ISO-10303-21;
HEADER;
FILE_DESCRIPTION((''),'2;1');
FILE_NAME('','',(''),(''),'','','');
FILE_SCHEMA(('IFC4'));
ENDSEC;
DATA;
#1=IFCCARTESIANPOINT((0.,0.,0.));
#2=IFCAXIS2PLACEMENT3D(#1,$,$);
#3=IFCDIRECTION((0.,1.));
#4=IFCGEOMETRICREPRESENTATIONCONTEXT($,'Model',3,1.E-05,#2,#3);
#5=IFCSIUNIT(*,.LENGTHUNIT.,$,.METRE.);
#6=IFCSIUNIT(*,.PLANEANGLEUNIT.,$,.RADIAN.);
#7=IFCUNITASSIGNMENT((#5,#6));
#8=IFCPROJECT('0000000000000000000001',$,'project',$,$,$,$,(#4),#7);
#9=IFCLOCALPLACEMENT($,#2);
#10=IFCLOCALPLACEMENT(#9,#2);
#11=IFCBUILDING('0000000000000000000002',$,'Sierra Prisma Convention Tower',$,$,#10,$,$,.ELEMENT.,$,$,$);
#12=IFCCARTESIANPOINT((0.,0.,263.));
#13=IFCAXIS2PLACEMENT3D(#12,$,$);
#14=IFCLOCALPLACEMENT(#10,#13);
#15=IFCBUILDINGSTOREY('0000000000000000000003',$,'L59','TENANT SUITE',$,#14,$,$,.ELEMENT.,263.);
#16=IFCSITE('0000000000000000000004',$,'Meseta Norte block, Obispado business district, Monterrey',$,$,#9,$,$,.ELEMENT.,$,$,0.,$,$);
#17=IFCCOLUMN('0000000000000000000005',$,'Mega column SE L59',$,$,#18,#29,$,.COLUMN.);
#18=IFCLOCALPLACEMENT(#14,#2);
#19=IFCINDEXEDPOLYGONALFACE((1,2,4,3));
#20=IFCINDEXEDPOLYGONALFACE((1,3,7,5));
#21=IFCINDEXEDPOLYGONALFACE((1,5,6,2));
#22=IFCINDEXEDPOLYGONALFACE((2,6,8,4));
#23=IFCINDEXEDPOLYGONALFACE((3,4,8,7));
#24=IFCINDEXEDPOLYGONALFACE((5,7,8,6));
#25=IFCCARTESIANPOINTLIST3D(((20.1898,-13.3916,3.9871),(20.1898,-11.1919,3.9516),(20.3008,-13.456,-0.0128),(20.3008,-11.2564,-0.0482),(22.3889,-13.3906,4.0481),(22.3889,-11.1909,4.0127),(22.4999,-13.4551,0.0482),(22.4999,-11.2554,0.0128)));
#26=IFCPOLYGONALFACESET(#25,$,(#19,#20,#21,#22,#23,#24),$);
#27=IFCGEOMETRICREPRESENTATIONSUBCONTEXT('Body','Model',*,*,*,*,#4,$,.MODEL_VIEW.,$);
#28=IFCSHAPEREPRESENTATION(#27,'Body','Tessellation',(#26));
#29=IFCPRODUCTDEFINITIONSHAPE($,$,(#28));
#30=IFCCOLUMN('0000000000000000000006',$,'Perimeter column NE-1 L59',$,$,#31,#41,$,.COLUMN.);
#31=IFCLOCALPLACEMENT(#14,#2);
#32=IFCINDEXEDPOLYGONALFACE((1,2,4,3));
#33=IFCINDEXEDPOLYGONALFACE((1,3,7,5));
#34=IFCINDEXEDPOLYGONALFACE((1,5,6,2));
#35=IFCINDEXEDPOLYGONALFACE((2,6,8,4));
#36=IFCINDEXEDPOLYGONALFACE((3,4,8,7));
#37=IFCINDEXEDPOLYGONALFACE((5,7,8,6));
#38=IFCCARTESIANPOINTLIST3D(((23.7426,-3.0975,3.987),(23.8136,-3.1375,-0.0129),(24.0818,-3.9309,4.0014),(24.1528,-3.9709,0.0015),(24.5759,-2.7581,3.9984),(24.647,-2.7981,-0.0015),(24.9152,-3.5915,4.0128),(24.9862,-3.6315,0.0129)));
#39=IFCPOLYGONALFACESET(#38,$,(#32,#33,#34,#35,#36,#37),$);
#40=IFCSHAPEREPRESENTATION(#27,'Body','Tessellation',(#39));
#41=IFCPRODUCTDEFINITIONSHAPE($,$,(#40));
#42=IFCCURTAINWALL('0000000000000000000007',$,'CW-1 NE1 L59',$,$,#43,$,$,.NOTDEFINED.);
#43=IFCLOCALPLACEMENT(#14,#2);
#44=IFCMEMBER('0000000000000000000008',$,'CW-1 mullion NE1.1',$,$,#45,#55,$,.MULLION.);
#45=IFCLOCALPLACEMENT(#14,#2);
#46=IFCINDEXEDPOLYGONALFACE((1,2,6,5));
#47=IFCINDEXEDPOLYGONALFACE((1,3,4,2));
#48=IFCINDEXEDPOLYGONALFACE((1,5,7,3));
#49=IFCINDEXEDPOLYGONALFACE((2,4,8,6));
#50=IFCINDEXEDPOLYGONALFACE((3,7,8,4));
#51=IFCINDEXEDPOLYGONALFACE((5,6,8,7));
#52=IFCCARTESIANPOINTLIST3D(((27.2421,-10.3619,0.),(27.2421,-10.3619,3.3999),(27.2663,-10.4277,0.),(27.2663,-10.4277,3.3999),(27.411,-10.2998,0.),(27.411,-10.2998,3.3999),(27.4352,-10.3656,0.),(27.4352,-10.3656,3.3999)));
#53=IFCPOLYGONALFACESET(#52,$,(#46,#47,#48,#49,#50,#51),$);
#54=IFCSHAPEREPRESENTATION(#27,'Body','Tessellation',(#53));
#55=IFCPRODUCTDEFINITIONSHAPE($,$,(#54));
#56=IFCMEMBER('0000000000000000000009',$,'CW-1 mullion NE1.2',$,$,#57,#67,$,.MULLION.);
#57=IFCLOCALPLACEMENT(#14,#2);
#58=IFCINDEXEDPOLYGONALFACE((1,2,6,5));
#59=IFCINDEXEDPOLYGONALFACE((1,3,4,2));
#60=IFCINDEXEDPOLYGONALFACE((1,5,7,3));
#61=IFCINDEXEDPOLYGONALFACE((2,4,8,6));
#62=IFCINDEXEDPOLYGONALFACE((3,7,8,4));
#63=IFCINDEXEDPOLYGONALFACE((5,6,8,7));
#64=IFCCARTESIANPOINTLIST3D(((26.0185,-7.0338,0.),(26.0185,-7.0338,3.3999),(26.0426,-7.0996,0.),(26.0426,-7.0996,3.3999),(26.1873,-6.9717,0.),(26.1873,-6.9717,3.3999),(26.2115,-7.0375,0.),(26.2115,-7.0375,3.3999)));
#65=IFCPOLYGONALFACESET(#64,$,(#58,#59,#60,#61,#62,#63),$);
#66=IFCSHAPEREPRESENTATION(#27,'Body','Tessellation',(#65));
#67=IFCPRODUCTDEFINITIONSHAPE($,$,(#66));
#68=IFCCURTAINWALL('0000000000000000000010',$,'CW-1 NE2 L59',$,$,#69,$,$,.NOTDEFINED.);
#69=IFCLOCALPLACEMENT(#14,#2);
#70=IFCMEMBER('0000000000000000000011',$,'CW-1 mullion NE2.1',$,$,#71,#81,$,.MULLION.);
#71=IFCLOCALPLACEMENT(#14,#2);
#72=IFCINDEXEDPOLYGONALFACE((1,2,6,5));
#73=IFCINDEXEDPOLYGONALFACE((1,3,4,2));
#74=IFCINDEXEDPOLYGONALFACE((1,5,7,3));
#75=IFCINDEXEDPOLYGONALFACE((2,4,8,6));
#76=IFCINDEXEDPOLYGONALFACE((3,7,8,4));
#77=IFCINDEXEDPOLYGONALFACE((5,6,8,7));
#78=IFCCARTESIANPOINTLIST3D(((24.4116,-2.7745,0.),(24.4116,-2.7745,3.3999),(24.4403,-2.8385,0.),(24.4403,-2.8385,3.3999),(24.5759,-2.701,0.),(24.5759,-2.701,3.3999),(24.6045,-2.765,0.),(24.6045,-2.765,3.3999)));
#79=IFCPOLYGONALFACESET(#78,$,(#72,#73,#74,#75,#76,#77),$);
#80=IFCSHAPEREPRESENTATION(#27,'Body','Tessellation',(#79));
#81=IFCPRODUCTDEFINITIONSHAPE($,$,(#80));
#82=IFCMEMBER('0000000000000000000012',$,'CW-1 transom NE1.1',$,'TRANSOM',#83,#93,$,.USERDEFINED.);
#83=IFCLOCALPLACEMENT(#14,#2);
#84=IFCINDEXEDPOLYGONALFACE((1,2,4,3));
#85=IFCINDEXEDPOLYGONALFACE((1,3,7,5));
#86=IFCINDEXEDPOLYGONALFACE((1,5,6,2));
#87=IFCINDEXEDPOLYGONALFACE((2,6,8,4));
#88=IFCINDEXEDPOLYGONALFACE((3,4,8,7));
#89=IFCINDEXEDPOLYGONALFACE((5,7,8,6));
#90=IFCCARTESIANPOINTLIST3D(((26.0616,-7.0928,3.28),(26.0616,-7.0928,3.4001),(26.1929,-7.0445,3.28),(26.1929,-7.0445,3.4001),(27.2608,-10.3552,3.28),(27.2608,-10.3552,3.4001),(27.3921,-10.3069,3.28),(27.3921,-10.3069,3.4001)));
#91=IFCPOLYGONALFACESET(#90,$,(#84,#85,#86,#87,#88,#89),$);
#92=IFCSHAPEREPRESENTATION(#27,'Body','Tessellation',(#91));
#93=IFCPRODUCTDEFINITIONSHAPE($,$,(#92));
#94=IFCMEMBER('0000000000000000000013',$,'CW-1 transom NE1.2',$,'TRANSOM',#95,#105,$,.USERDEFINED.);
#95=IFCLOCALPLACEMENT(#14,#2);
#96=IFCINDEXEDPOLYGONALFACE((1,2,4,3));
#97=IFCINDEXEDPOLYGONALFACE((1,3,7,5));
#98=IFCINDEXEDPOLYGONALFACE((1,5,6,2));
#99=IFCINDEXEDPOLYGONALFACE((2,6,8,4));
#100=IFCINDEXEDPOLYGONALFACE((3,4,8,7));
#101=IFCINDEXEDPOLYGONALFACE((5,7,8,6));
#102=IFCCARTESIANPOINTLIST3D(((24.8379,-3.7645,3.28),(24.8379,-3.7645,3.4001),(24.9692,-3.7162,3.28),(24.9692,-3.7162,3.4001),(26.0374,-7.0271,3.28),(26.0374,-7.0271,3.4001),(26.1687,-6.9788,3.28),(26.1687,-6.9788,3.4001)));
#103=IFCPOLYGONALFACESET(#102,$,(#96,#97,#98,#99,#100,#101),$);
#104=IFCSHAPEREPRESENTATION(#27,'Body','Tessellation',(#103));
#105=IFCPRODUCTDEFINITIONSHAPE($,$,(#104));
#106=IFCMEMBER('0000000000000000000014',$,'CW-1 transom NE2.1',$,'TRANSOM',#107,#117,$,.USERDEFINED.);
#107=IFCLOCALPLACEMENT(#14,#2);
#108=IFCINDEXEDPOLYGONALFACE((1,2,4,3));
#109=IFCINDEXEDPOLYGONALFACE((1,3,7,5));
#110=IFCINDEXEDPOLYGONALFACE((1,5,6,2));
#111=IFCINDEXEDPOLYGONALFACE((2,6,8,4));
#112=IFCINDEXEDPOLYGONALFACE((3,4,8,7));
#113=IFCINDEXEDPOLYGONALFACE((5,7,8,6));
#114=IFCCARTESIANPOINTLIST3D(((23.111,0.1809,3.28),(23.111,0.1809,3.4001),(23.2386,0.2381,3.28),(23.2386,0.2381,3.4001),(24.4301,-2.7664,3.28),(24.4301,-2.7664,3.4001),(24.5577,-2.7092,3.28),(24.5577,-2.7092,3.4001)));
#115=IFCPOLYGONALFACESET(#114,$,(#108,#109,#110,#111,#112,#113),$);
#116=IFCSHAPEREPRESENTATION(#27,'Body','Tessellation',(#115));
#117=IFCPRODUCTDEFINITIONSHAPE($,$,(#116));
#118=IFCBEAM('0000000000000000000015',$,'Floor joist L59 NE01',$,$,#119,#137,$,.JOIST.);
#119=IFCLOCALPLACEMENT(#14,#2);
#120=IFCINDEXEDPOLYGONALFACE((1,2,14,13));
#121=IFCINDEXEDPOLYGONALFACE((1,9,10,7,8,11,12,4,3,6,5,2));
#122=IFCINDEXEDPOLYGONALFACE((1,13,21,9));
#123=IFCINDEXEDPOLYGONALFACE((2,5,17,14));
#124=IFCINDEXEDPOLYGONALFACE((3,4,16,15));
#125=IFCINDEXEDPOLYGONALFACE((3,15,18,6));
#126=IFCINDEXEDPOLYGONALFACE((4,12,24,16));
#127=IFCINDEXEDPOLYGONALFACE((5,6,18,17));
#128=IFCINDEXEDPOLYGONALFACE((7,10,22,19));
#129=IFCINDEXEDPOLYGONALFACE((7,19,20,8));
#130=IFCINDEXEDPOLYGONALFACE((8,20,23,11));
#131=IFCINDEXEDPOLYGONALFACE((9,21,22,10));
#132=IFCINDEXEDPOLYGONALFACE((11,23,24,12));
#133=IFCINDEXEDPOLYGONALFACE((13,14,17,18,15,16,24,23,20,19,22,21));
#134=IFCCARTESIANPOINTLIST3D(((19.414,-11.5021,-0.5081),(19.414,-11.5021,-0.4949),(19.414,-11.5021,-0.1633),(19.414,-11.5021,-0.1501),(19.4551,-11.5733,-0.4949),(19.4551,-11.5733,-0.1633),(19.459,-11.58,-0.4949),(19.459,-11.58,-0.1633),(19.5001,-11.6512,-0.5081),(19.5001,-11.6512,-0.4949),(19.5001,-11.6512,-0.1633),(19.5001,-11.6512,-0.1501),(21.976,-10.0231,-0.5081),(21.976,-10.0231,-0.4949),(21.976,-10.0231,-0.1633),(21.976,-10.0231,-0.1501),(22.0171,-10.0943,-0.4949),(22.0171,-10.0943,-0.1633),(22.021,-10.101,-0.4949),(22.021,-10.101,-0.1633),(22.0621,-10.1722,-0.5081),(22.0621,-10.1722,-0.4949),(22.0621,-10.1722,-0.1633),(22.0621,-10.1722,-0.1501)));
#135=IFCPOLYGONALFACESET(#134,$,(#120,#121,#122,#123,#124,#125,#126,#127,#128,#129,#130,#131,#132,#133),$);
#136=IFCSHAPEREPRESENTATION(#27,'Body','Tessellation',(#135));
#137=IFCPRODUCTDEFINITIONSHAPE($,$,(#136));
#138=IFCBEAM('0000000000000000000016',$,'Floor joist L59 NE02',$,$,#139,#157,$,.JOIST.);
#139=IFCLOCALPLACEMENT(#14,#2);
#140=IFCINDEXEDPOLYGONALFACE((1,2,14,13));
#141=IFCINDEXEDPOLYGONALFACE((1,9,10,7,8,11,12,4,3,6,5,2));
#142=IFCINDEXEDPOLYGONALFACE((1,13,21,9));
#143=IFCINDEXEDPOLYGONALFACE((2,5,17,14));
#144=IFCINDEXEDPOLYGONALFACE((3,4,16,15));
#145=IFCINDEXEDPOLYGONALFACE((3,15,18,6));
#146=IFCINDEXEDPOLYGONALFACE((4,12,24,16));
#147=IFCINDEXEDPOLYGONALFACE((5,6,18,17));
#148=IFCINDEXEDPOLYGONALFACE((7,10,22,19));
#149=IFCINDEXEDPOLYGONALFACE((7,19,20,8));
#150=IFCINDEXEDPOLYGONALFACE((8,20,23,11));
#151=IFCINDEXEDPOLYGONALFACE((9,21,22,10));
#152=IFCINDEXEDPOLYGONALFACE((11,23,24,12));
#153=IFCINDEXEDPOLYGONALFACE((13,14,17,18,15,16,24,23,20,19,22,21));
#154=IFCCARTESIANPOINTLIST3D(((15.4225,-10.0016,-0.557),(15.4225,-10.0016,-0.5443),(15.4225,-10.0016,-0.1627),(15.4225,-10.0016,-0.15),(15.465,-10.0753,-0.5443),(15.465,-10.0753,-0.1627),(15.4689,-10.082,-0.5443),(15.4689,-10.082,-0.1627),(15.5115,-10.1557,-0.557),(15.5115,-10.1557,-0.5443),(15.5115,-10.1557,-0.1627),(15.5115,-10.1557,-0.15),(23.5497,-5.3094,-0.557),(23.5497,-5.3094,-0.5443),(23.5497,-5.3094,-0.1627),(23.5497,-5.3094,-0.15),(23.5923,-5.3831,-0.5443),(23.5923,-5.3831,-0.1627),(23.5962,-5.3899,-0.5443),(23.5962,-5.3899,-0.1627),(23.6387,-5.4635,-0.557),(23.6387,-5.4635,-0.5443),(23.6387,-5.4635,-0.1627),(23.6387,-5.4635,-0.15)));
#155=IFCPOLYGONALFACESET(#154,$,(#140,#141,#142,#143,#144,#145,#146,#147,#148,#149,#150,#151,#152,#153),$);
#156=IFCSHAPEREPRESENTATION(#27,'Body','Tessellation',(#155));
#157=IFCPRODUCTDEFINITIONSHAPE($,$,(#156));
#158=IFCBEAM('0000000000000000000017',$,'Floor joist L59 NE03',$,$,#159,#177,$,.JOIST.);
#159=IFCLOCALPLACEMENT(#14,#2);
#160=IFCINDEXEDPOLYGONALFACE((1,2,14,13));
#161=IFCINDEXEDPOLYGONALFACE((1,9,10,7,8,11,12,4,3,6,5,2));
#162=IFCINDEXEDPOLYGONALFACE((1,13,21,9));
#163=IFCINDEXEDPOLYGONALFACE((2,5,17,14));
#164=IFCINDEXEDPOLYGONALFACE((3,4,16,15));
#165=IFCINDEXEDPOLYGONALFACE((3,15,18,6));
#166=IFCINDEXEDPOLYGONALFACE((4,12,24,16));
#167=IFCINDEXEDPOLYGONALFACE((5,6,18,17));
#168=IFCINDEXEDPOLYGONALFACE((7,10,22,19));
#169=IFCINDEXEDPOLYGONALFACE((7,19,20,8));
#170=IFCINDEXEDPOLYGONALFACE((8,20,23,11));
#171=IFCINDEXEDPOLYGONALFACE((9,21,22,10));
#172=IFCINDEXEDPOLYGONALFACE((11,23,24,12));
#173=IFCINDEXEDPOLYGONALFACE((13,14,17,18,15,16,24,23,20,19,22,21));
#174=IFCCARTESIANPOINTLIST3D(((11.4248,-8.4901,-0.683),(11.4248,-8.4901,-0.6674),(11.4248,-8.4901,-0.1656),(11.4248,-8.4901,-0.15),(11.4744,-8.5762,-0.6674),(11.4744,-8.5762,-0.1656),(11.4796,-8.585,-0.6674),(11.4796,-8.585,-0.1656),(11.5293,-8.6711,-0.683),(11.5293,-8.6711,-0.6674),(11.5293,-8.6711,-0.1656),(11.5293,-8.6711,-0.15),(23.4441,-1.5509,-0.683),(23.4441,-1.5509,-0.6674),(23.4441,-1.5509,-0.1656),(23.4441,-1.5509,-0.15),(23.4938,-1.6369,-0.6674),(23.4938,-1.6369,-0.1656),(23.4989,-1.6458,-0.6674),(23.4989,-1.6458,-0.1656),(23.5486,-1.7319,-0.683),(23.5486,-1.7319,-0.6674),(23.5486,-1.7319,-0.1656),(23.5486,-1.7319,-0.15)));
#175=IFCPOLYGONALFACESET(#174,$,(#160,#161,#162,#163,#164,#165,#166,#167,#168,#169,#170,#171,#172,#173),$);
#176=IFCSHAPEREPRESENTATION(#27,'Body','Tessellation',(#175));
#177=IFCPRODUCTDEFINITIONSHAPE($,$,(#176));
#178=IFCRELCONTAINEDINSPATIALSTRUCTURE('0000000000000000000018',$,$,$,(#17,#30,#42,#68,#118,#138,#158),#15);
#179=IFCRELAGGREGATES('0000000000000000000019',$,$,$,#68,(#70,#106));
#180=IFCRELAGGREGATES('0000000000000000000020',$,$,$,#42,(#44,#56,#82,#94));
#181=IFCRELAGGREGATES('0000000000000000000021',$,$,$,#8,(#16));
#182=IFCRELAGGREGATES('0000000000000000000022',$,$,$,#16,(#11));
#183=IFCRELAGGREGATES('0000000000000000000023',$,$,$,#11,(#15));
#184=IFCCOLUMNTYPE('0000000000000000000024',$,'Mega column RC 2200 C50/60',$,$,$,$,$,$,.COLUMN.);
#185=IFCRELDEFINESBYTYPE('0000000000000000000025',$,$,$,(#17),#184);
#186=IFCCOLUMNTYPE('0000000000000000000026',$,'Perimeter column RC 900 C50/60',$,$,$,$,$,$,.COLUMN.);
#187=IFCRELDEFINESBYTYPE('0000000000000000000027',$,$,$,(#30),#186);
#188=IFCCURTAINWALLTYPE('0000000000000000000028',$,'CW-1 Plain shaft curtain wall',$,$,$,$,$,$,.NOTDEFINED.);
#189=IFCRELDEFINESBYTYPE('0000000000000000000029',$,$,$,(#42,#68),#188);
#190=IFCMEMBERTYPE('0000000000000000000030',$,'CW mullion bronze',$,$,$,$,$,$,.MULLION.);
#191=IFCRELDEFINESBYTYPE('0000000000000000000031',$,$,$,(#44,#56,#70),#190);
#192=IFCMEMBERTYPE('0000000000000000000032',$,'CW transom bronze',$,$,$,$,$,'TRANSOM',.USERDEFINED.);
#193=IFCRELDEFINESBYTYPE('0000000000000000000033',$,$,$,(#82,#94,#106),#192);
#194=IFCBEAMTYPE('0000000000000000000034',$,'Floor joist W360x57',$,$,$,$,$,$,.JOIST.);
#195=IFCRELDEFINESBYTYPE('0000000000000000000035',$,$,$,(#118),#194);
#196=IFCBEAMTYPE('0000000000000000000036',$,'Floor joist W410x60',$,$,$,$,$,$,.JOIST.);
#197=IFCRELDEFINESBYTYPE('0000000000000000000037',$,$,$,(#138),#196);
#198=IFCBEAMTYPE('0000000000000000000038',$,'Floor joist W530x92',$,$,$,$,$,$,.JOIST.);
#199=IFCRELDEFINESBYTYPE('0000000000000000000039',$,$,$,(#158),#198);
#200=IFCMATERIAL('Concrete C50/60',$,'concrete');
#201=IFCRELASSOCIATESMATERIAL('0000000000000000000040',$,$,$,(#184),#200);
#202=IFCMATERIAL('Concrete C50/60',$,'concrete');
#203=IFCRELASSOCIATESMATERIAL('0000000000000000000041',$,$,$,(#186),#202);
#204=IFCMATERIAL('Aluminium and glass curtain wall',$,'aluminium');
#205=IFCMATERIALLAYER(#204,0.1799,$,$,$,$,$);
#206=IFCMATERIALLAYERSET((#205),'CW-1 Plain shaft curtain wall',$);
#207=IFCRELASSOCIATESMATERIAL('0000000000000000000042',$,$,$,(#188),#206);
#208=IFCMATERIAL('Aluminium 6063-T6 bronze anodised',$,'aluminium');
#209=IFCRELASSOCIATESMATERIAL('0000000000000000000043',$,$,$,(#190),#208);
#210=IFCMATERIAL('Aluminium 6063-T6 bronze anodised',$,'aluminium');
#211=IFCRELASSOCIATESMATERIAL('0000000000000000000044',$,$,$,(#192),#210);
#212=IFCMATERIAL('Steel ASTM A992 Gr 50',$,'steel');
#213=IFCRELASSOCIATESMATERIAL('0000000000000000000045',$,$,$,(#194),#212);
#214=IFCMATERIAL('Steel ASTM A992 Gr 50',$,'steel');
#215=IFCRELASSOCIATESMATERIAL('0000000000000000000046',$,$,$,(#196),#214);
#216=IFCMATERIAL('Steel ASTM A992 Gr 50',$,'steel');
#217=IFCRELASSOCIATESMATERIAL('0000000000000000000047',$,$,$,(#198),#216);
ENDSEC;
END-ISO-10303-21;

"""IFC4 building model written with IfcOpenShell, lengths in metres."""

from ifc_helpers import new_model, si_unit, direction, frame, origin, origin_2d, place, context, subcontext, project, spatial, rectangle, i_section, extrude, material, layer, layer_set, material_profile, profile_set, type_object, element, aggregate, save


model = new_model("IFC4")

# Units and contexts
model_context = context("Model", 3, precision=1e-05, world=origin(), true_north=direction((0.0, 1.0)))
body_context = subcontext(model_context, "Body", "Model", "MODEL_VIEW")
ifc_project = project(units=[si_unit("LENGTHUNIT", "METRE"), si_unit("PLANEANGLEUNIT", "RADIAN")], contexts=[model_context])

# Site, building, storey
site_placement = place(None, origin())
site = spatial("IfcSite", under=ifc_project, at=site_placement, Name="Meseta Norte block, Obispado business district, Monterrey", CompositionType="ELEMENT", RefElevation=0.0)
building_placement = place(site_placement, origin())
building = spatial("IfcBuilding", under=site, at=building_placement, Name="Sierra Prisma Convention Tower", CompositionType="ELEMENT")
storey_placement = place(building_placement, frame((0.0, 0.0, 263.0)))
storey = spatial("IfcBuildingStorey", under=building, at=storey_placement, Name="L59", Description="TENANT SUITE", CompositionType="ELEMENT", Elevation=263.0)

# Columns
ifc_material_1 = material(Name="Concrete C50/60", Category="concrete")
ifc_material_profile_1 = material_profile(ifc_material_1, rectangle(XDim=2.2, YDim=2.2, at=origin_2d()), Name="Mega column RC 2200 C50/60")
ifc_profile_set_1 = profile_set([ifc_material_profile_1], Name="Concrete C50/60")
column_type_1 = type_object("IfcColumnType", Name="Mega column RC 2200 C50/60", PredefinedType="COLUMN", material=ifc_profile_set_1)
column_1_placement = place(storey_placement, frame((21.4004, -12.3557, 0.0), z_axis=(-0.027757, 0.016105, 0.999485), x_axis=(0.999615, 0.000447, 0.027753)))
element("IfcColumn", 1, at=column_1_placement, inside=storey, type_object=column_type_1, Name="Mega column SE L59", PredefinedType="COLUMN", context=body_context, shape_type="SweptSolid", body=[
    extrude(rectangle(XDim=2.2, YDim=2.2, at=origin_2d()), origin(), (0.0, 0.0, 1.0), 4.002),
])
ifc_material_2 = material(Name="Concrete C50/60", Category="concrete")
ifc_material_profile_2 = material_profile(ifc_material_2, rectangle(XDim=0.8999, YDim=0.8999, at=origin_2d()), Name="Perimeter column RC 900 C50/60")
ifc_profile_set_2 = profile_set([ifc_material_profile_2], Name="Concrete C50/60")
column_type_2 = type_object("IfcColumnType", Name="Perimeter column RC 900 C50/60", PredefinedType="COLUMN", material=ifc_profile_set_2)
column_2_placement = place(storey_placement, frame((24.3999, -3.3845, 0.0), z_axis=(-0.017758, 0.010008, 0.999792), x_axis=(-0.376946, 0.926098, -0.015965)))
element("IfcColumn", 2, at=column_2_placement, inside=storey, type_object=column_type_2, Name="Perimeter column NE-1 L59", PredefinedType="COLUMN", context=body_context, shape_type="SweptSolid", body=[
    extrude(rectangle(XDim=0.8999, YDim=0.8999, at=origin_2d()), origin(), (0.0, 0.0, 1.0), 4.0007),
])

# Curtain wall, members
ifc_material_3 = material(Name="Aluminium and glass curtain wall", Category="aluminium")
ifc_layer_1 = layer(ifc_material_3, 0.1799)
ifc_layer_set_1 = layer_set([ifc_layer_1], Name="CW-1 Plain shaft curtain wall")
curtain_wall_type = type_object("IfcCurtainWallType", Name="CW-1 Plain shaft curtain wall", PredefinedType="NOTDEFINED", material=ifc_layer_set_1)
curtain_wall_1_placement = place(storey_placement, origin())
curtain_wall_1 = element("IfcCurtainWall", 3, at=curtain_wall_1_placement, inside=storey, type_object=curtain_wall_type, Name="CW-1 NE1 L59", PredefinedType="NOTDEFINED")
ifc_material_4 = material(Name="Aluminium 6063-T6 bronze anodised", Category="aluminium")
ifc_material_profile_3 = material_profile(ifc_material_4, rectangle(XDim=0.1799, YDim=0.0701, at=origin_2d()), Name="ALU MULLION 70x180")
ifc_profile_set_3 = profile_set([ifc_material_profile_3], Name="Aluminium 6063-T6 bronze anodised")
member_type_1 = type_object("IfcMemberType", Name="CW mullion bronze", PredefinedType="MULLION", material=ifc_profile_set_3)
member_1_placement = place(storey_placement, frame((27.3386, -10.3638, 0.0), z_axis=(0.0, 0.0, 1.0), x_axis=(-0.938581, -0.345059, 0.0)))
member_1 = element("IfcMember", 4, at=member_1_placement, type_object=member_type_1, Name="CW-1 mullion NE1.1", PredefinedType="MULLION", context=body_context, shape_type="SweptSolid", body=[
    extrude(rectangle(XDim=0.1799, YDim=0.0701, at=origin_2d()), origin(), (0.0, 0.0, 1.0), 3.3999),
])
member_2_placement = place(storey_placement, frame((26.115, -7.0356, 0.0), z_axis=(0.0, 0.0, 1.0), x_axis=(-0.938581, -0.345059, 0.0)))
member_2 = element("IfcMember", 5, at=member_2_placement, type_object=member_type_1, Name="CW-1 mullion NE1.2", PredefinedType="MULLION", context=body_context, shape_type="SweptSolid", body=[
    extrude(rectangle(XDim=0.1799, YDim=0.0701, at=origin_2d()), origin(), (0.0, 0.0, 1.0), 3.3999),
])

# Curtain wall, member
curtain_wall_2_placement = place(storey_placement, origin())
curtain_wall_2 = element("IfcCurtainWall", 6, at=curtain_wall_2_placement, inside=storey, type_object=curtain_wall_type, Name="CW-1 NE2 L59", PredefinedType="NOTDEFINED")
member_3_placement = place(storey_placement, frame((24.5081, -2.7698, 0.0), z_axis=(0.0, 0.0, 1.0), x_axis=(-0.912754, -0.408509, 0.0)))
member_3 = element("IfcMember", 7, at=member_3_placement, type_object=member_type_1, Name="CW-1 mullion NE2.1", PredefinedType="MULLION", context=body_context, shape_type="SweptSolid", body=[
    extrude(rectangle(XDim=0.1799, YDim=0.0701, at=origin_2d()), origin(), (0.0, 0.0, 1.0), 3.3999),
])

# Members
ifc_material_5 = material(Name="Aluminium 6063-T6 bronze anodised", Category="aluminium")
ifc_material_profile_4 = material_profile(ifc_material_5, rectangle(XDim=0.1399, YDim=0.1201, at=origin_2d()), Name="ALU TRANSOM 120x140")
ifc_profile_set_4 = profile_set([ifc_material_profile_4], Name="Aluminium 6063-T6 bronze anodised")
member_type_2 = type_object("IfcMemberType", Name="CW transom bronze", ElementType="TRANSOM", PredefinedType="USERDEFINED", material=ifc_profile_set_4)
member_4_placement = place(storey_placement, frame((27.3264, -10.3311, 3.3401), z_axis=(-0.345012, 0.938598, 0.0), x_axis=(-0.938598, -0.345012, 0.0)))
member_4 = element("IfcMember", 8, at=member_4_placement, type_object=member_type_2, Name="CW-1 transom NE1.1", ObjectType="TRANSOM", PredefinedType="USERDEFINED", context=body_context, shape_type="SweptSolid", body=[
    extrude(rectangle(XDim=0.1399, YDim=0.1201, at=origin_2d()), origin(), (0.0, 0.0, 1.0), 3.4758),
])
member_5_placement = place(storey_placement, frame((26.103, -7.0029, 3.3401), z_axis=(-0.345074, 0.938576, 0.0), x_axis=(-0.938576, -0.345074, 0.0)))
member_5 = element("IfcMember", 9, at=member_5_placement, type_object=member_type_2, Name="CW-1 transom NE1.2", ObjectType="TRANSOM", PredefinedType="USERDEFINED", context=body_context, shape_type="SweptSolid", body=[
    extrude(rectangle(XDim=0.1399, YDim=0.1201, at=origin_2d()), origin(), (0.0, 0.0, 1.0), 3.4761),
])
member_6_placement = place(storey_placement, frame((24.4939, -2.7378, 3.3401), z_axis=(-0.408515, 0.912751, 0.0), x_axis=(-0.912751, -0.408515, 0.0)))
member_6 = element("IfcMember", 10, at=member_6_placement, type_object=member_type_2, Name="CW-1 transom NE2.1", ObjectType="TRANSOM", PredefinedType="USERDEFINED", context=body_context, shape_type="SweptSolid", body=[
    extrude(rectangle(XDim=0.1399, YDim=0.1201, at=origin_2d()), origin(), (0.0, 0.0, 1.0), 3.229),
])
aggregate(curtain_wall_2, [member_3, member_6])

# Beams
ifc_material_6 = material(Name="Steel ASTM A992 Gr 50", Category="steel")
ifc_material_profile_5 = material_profile(ifc_material_6, i_section(OverallWidth=0.1721, OverallDepth=0.3579, WebThickness=0.0078, FlangeThickness=0.0132, at=origin_2d()), Name="W360x57")
ifc_profile_set_5 = profile_set([ifc_material_profile_5], Name="Steel ASTM A992 Gr 50")
beam_type_1 = type_object("IfcBeamType", Name="Floor joist W360x57", PredefinedType="JOIST", material=ifc_profile_set_5)
beam_1_placement = place(storey_placement, frame((22.019, -10.0977, -0.3291), z_axis=(-0.866051, -0.499956, 0.0), x_axis=(0.499956, -0.866051, 0.0)))
element("IfcBeam", 11, at=beam_1_placement, inside=storey, type_object=beam_type_1, Name="Floor joist L59 NE01", PredefinedType="JOIST", context=body_context, shape_type="SweptSolid", body=[
    extrude(i_section(OverallWidth=0.1721, OverallDepth=0.3579, WebThickness=0.0078, FlangeThickness=0.0132, at=origin_2d()), origin(), (0.0, 0.0, 1.0), 2.9583),
])
ifc_material_7 = material(Name="Steel ASTM A992 Gr 50", Category="steel")
ifc_material_profile_6 = material_profile(ifc_material_7, i_section(OverallWidth=0.178, OverallDepth=0.407, WebThickness=0.0078, FlangeThickness=0.0127, at=origin_2d()), Name="W410x60")
ifc_profile_set_6 = profile_set([ifc_material_profile_6], Name="Steel ASTM A992 Gr 50")
beam_type_2 = type_object("IfcBeamType", Name="Floor joist W410x60", PredefinedType="JOIST", material=ifc_profile_set_6)
beam_2_placement = place(storey_placement, frame((23.5942, -5.3865, -0.3535), z_axis=(-0.86603, -0.499992, 0.0), x_axis=(0.499992, -0.86603, 0.0)))
element("IfcBeam", 12, at=beam_2_placement, inside=storey, type_object=beam_type_2, Name="Floor joist L59 NE02", PredefinedType="JOIST", context=body_context, shape_type="SweptSolid", body=[
    extrude(i_section(OverallWidth=0.178, OverallDepth=0.407, WebThickness=0.0078, FlangeThickness=0.0127, at=origin_2d()), origin(), (0.0, 0.0, 1.0), 9.3845),
])
ifc_material_8 = material(Name="Steel ASTM A992 Gr 50", Category="steel")
ifc_material_profile_7 = material_profile(ifc_material_8, i_section(OverallWidth=0.209, OverallDepth=0.533, WebThickness=0.0103, FlangeThickness=0.0156, at=origin_2d()), Name="W530x92")
ifc_profile_set_7 = profile_set([ifc_material_profile_7], Name="Steel ASTM A992 Gr 50")
beam_type_3 = type_object("IfcBeamType", Name="Floor joist W530x92", PredefinedType="JOIST", material=ifc_profile_set_7)
beam_3_placement = place(storey_placement, frame((23.4963, -1.6414, -0.4165), z_axis=(-0.866029, -0.499993, 0.0), x_axis=(0.499993, -0.866029, 0.0)))
element("IfcBeam", 13, at=beam_3_placement, inside=storey, type_object=beam_type_3, Name="Floor joist L59 NE03", PredefinedType="JOIST", context=body_context, shape_type="SweptSolid", body=[
    extrude(i_section(OverallWidth=0.209, OverallDepth=0.533, WebThickness=0.0103, FlangeThickness=0.0156, at=origin_2d()), origin(), (0.0, 0.0, 1.0), 13.8787),
])

aggregate(curtain_wall_1, [member_1, member_2, member_4, member_5])

save(model, "model.ifc")
